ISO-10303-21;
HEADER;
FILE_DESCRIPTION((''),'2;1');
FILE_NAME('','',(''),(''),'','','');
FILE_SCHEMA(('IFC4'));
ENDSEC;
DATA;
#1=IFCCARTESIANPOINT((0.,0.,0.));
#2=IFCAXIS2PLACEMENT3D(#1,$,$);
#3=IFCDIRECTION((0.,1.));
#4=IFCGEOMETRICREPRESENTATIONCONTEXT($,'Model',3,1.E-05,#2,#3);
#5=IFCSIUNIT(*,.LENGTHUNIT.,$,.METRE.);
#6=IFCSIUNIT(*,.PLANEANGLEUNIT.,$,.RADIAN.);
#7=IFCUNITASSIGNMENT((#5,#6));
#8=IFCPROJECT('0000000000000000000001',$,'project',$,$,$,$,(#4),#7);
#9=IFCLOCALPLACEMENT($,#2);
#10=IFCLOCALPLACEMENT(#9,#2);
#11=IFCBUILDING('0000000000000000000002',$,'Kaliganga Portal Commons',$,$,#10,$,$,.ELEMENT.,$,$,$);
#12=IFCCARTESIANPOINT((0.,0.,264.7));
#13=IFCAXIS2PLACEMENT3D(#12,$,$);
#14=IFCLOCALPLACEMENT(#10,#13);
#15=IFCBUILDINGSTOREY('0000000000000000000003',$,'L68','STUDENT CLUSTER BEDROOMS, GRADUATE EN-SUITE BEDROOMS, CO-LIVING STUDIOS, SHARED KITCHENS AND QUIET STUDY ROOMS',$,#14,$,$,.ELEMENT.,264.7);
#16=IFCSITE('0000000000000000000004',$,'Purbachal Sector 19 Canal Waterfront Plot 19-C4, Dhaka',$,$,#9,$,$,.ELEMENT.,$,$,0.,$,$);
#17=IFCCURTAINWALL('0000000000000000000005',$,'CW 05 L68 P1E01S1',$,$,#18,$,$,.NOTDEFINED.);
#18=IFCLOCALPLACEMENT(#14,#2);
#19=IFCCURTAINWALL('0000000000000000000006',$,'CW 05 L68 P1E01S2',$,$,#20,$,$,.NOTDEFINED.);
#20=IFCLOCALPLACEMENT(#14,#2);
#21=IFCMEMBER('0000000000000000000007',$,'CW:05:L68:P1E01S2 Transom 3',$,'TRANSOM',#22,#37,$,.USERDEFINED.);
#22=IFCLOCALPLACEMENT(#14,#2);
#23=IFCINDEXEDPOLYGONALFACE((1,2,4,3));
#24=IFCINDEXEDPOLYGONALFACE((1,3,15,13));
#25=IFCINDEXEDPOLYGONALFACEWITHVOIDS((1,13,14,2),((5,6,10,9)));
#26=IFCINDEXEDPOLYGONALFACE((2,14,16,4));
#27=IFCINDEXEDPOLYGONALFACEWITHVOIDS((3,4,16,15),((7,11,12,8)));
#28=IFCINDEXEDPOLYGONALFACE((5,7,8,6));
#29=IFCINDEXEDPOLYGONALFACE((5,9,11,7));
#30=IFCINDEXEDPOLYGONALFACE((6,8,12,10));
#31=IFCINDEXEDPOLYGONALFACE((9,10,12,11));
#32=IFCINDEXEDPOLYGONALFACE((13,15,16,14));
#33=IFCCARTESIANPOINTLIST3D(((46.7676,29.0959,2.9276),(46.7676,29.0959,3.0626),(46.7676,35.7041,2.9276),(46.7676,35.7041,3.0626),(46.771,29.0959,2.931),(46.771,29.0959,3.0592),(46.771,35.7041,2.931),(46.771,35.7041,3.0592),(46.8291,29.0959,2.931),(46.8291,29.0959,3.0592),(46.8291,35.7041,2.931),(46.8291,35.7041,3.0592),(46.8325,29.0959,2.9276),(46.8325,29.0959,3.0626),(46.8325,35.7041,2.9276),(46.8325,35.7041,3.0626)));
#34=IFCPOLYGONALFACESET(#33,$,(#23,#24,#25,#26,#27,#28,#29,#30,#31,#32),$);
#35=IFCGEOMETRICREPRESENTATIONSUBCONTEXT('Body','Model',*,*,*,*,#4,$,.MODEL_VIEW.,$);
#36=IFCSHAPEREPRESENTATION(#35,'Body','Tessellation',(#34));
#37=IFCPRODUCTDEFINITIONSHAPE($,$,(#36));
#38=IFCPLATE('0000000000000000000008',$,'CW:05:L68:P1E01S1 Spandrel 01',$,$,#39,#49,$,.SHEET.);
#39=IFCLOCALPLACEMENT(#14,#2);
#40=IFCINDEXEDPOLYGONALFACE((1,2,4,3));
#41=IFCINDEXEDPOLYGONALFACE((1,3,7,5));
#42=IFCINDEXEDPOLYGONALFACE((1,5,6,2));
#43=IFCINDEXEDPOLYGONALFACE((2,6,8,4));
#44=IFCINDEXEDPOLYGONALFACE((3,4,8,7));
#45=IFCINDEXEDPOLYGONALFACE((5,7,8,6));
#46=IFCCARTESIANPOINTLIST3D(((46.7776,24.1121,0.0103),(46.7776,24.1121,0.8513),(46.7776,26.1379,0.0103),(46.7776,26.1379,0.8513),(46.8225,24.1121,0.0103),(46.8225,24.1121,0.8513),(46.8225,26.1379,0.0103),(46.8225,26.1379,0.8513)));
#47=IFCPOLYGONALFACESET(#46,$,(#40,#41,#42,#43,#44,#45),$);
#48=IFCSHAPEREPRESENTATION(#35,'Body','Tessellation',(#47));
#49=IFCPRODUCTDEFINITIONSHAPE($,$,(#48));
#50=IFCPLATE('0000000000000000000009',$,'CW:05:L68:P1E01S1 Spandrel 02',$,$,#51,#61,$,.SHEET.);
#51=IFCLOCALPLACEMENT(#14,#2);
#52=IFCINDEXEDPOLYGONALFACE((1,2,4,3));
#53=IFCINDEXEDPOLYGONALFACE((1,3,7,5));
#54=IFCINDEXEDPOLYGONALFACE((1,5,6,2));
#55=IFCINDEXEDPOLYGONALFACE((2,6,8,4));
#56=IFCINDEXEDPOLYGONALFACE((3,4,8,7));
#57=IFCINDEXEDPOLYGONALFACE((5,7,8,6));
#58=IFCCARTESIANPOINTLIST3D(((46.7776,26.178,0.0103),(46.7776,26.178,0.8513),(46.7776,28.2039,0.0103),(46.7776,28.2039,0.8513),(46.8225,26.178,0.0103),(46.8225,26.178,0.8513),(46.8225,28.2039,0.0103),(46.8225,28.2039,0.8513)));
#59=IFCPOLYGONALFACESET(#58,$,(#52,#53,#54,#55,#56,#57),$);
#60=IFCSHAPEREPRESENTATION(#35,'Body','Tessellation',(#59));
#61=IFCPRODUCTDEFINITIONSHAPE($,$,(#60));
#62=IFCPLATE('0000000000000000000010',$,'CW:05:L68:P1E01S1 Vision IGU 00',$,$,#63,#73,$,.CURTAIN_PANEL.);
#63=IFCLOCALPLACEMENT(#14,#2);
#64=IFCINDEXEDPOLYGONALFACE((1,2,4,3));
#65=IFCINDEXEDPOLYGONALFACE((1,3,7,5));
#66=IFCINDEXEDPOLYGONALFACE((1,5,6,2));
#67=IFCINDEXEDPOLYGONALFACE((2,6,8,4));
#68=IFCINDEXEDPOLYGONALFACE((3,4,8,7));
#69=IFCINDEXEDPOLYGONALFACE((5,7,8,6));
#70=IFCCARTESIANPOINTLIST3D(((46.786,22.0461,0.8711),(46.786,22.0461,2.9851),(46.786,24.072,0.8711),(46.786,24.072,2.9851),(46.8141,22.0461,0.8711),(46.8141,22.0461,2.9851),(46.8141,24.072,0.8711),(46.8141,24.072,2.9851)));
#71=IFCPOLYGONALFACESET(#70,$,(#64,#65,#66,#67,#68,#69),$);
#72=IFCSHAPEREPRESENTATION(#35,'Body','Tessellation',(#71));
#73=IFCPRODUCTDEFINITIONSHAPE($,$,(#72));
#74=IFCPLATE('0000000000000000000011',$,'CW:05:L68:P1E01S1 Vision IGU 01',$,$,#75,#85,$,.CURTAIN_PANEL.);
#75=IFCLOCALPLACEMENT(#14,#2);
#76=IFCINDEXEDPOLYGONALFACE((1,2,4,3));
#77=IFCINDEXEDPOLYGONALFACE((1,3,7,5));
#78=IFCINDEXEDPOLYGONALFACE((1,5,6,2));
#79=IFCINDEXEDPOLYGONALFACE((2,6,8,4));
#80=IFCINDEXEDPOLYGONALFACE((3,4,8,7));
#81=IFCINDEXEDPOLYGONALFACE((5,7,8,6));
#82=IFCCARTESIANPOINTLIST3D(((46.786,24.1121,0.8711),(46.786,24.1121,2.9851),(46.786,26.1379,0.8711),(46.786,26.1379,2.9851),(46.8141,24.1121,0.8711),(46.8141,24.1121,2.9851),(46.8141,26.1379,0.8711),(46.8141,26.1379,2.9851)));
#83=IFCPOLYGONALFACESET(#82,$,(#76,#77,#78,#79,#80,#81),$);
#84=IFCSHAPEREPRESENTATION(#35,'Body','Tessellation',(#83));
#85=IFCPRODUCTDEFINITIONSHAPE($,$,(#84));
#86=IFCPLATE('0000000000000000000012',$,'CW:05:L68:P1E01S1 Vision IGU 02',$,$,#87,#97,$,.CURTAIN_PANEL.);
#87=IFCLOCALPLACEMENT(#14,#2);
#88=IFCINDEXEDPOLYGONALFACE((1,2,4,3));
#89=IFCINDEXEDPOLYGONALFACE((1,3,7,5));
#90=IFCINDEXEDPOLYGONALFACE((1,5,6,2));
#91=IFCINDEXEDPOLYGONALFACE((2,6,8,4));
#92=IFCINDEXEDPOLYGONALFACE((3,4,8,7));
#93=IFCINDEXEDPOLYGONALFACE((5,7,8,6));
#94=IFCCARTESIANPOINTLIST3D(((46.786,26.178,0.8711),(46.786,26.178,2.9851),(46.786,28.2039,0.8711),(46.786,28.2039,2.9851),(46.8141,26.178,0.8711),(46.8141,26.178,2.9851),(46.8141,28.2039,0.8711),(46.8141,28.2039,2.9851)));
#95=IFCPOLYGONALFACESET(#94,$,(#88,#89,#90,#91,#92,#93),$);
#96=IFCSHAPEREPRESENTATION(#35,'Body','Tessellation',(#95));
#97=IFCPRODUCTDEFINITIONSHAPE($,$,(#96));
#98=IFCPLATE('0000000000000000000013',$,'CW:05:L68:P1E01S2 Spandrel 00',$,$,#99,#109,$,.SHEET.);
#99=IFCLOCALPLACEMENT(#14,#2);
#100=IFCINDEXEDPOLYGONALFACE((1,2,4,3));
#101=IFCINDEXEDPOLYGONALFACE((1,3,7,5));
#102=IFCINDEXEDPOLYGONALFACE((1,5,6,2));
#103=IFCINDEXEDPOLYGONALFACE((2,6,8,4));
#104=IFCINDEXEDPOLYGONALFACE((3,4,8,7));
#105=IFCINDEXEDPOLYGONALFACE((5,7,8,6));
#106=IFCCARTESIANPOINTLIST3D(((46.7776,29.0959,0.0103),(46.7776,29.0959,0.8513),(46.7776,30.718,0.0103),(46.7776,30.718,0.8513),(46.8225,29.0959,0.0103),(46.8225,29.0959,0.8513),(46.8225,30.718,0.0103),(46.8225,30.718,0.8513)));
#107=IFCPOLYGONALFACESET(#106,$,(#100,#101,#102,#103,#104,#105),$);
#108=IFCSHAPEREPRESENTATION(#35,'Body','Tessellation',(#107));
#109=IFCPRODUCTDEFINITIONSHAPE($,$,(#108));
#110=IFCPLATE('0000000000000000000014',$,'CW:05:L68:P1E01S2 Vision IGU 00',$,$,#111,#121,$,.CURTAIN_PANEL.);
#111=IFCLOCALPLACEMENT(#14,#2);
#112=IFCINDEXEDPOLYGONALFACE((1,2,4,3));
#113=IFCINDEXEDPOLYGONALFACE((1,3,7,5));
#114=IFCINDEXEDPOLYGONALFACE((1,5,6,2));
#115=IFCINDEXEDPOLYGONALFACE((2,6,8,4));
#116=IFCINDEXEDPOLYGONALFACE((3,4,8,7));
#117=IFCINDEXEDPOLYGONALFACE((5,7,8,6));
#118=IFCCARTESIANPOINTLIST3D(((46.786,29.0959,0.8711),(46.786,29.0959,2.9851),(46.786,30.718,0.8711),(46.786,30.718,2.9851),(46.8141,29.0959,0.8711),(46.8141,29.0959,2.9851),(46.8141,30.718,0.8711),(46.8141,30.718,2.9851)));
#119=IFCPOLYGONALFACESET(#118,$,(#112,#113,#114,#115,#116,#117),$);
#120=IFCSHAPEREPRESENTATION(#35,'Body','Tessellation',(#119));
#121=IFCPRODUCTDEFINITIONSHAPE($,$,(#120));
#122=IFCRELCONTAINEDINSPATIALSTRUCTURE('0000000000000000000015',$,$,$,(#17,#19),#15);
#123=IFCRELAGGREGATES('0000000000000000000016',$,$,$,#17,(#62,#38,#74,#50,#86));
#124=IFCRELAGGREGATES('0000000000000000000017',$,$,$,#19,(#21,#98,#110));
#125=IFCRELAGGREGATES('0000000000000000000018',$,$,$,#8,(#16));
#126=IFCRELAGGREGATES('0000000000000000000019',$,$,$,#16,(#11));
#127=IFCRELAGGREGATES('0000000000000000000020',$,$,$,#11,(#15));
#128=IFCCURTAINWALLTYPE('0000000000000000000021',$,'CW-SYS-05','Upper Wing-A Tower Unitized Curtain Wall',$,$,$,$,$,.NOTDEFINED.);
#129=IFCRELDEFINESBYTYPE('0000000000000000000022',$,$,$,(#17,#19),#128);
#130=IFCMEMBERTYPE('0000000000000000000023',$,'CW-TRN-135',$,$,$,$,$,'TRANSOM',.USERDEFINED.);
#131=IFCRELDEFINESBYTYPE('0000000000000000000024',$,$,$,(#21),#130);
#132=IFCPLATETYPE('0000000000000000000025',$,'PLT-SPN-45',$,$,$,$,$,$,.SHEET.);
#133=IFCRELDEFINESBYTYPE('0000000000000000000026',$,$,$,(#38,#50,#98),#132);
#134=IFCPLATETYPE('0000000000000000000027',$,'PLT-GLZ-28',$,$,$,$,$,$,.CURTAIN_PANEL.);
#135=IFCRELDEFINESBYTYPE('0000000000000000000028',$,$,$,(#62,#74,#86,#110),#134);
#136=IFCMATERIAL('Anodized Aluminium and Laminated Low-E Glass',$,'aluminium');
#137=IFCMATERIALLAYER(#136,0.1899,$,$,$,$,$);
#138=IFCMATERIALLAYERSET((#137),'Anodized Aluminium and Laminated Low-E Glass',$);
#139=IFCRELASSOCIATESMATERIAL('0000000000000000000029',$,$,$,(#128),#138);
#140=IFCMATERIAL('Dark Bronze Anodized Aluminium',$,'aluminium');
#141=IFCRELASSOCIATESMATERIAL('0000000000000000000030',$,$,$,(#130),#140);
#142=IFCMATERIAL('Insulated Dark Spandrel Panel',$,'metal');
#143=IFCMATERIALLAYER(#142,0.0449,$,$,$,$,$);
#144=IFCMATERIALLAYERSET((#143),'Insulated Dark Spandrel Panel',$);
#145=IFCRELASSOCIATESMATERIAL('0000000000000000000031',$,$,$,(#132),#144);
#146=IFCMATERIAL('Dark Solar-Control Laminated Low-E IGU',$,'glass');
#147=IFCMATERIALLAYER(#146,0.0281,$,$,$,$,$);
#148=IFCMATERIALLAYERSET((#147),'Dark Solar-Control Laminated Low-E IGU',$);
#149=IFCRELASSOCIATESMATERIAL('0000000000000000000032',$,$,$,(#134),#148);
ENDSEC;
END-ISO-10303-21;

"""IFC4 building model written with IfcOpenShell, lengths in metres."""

from ifc_helpers import new_model, si_unit, direction, frame, origin, origin_2d, place, context, subcontext, project, spatial, rectangle, hollow_rectangle, extrude, source, transform, mapped, material, layer, layer_set, material_profile, profile_set, type_object, element, aggregate, save


model = new_model("IFC4")

# Units and contexts
model_context = context("Model", 3, precision=1e-05, world=origin(), true_north=direction((0.0, 1.0)))
body_context = subcontext(model_context, "Body", "Model", "MODEL_VIEW")
ifc_project = project(units=[si_unit("LENGTHUNIT", "METRE"), si_unit("PLANEANGLEUNIT", "RADIAN")], contexts=[model_context])

# Site, building, storey
site_placement = place(None, origin())
site = spatial("IfcSite", under=ifc_project, at=site_placement, Name="Purbachal Sector 19 Canal Waterfront Plot 19-C4, Dhaka", CompositionType="ELEMENT", RefElevation=0.0)
building_placement = place(site_placement, origin())
building = spatial("IfcBuilding", under=site, at=building_placement, Name="Kaliganga Portal Commons", CompositionType="ELEMENT")
storey_placement = place(building_placement, frame((0.0, 0.0, 264.7)))
storey = spatial("IfcBuildingStorey", under=building, at=storey_placement, Name="L68", Description="STUDENT CLUSTER BEDROOMS, GRADUATE EN-SUITE BEDROOMS, CO-LIVING STUDIOS, SHARED KITCHENS AND QUIET STUDY ROOMS", CompositionType="ELEMENT", Elevation=264.7)

# Curtain walls, member
ifc_material_1 = material(Name="Anodized Aluminium and Laminated Low-E Glass", Category="aluminium")
ifc_layer_1 = layer(ifc_material_1, 0.1899)
ifc_layer_set_1 = layer_set([ifc_layer_1], Name="Anodized Aluminium and Laminated Low-E Glass")
curtain_wall_type = type_object("IfcCurtainWallType", Name="CW-SYS-05", Description="Upper Wing-A Tower Unitized Curtain Wall", PredefinedType="NOTDEFINED", material=ifc_layer_set_1)
curtain_wall_1_placement = place(storey_placement, origin())
curtain_wall_1 = element("IfcCurtainWall", 1, at=curtain_wall_1_placement, inside=storey, type_object=curtain_wall_type, Name="CW 05 L68 P1E01S1", PredefinedType="NOTDEFINED")
ifc_material_2 = material(Name="Dark Bronze Anodized Aluminium", Category="aluminium")
curtain_wall_2_placement = place(storey_placement, origin())
curtain_wall_2 = element("IfcCurtainWall", 2, at=curtain_wall_2_placement, inside=storey, type_object=curtain_wall_type, Name="CW 05 L68 P1E01S2", PredefinedType="NOTDEFINED")
ifc_material_profile_1 = material_profile(ifc_material_2, hollow_rectangle(XDim=0.0649, YDim=0.135, WallThickness=0.0034, at=origin_2d()), Name="ALU TRAN 65x135x3.5")
ifc_profile_set_1 = profile_set([ifc_material_profile_1], Name="Dark Bronze Anodized Aluminium")
member_type_1 = type_object("IfcMemberType", Name="CW-TRN-135", ElementType="TRANSOM", PredefinedType="USERDEFINED", material=ifc_profile_set_1)
shared_shape_1 = source(origin(), body_context, "Body", "SweptSolid", [
    extrude(hollow_rectangle(XDim=0.0649, YDim=0.135, WallThickness=0.0034, at=origin_2d()), origin(), (0.0, 0.0, 1.0), 6.6082),
])
member_1_placement = place(storey_placement, frame((46.8, 29.0959, 2.9951), z_axis=(0.0, 1.0, 0.0), x_axis=(-1.0, 0.0, 0.0)))
member_1 = element("IfcMember", 3, at=member_1_placement, type_object=member_type_1, Name="CW:05:L68:P1E01S2 Transom 3", ObjectType="TRANSOM", PredefinedType="USERDEFINED", context=body_context, shape_type="MappedRepresentation", body=[
    mapped(shared_shape_1, transform((0.0, 0.0, 0.0), x_axis=(1.0, 0.0, 0.0), y_axis=(0.0, 1.0, 0.0), z_axis=(0.0, 0.0, 1.0), scale=1.0)),
])

# Plates
ifc_material_3 = material(Name="Insulated Dark Spandrel Panel", Category="metal")
ifc_layer_2 = layer(ifc_material_3, 0.0449)
ifc_layer_set_2 = layer_set([ifc_layer_2], Name="Insulated Dark Spandrel Panel")
plate_type_1 = type_object("IfcPlateType", Name="PLT-SPN-45", PredefinedType="SHEET", material=ifc_layer_set_2)
shared_shape_2 = source(origin(), body_context, "Body", "SweptSolid", [
    extrude(rectangle(XDim=2.0259, YDim=0.0449, at=origin_2d()), origin(), (0.0, 0.0, 1.0), 0.8411),
])
plate_1_placement = place(storey_placement, frame((46.8, 25.125, 0.0103), z_axis=(0.0, 0.0, 1.0), x_axis=(0.0, 1.0, 0.0)))
plate_1 = element("IfcPlate", 4, at=plate_1_placement, type_object=plate_type_1, Name="CW:05:L68:P1E01S1 Spandrel 01", PredefinedType="SHEET", context=body_context, shape_type="MappedRepresentation", body=[
    mapped(shared_shape_2, transform((0.0, 0.0, 0.0), x_axis=(1.0, 0.0, 0.0), y_axis=(0.0, 1.0, 0.0), z_axis=(0.0, 0.0, 1.0), scale=1.0)),
])
plate_2_placement = place(storey_placement, frame((46.8, 27.1909, 0.0103), z_axis=(0.0, 0.0, 1.0), x_axis=(0.0, 1.0, 0.0)))
plate_2 = element("IfcPlate", 5, at=plate_2_placement, type_object=plate_type_1, Name="CW:05:L68:P1E01S1 Spandrel 02", PredefinedType="SHEET", context=body_context, shape_type="MappedRepresentation", body=[
    mapped(shared_shape_2, transform((0.0, 0.0, 0.0), x_axis=(1.0, 0.0, 0.0), y_axis=(0.0, 1.0, 0.0), z_axis=(0.0, 0.0, 1.0), scale=1.0)),
])
ifc_material_4 = material(Name="Dark Solar-Control Laminated Low-E IGU", Category="glass")
ifc_layer_3 = layer(ifc_material_4, 0.0281)
ifc_layer_set_3 = layer_set([ifc_layer_3], Name="Dark Solar-Control Laminated Low-E IGU")
plate_type_2 = type_object("IfcPlateType", Name="PLT-GLZ-28", PredefinedType="CURTAIN_PANEL", material=ifc_layer_set_3)
shared_shape_3 = source(origin(), body_context, "Body", "SweptSolid", [
    extrude(rectangle(XDim=2.0259, YDim=0.0281, at=origin_2d()), origin(), (0.0, 0.0, 1.0), 2.114),
])
plate_3_placement = place(storey_placement, frame((46.8, 23.0591, 0.8711), z_axis=(0.0, 0.0, 1.0), x_axis=(0.0, 1.0, 0.0)))
plate_3 = element("IfcPlate", 6, at=plate_3_placement, type_object=plate_type_2, Name="CW:05:L68:P1E01S1 Vision IGU 00", PredefinedType="CURTAIN_PANEL", context=body_context, shape_type="MappedRepresentation", body=[
    mapped(shared_shape_3, transform((0.0, 0.0, 0.0), x_axis=(1.0, 0.0, 0.0), y_axis=(0.0, 1.0, 0.0), z_axis=(0.0, 0.0, 1.0), scale=1.0)),
])
plate_4_placement = place(storey_placement, frame((46.8, 25.125, 0.8711), z_axis=(0.0, 0.0, 1.0), x_axis=(0.0, 1.0, 0.0)))
plate_4 = element("IfcPlate", 7, at=plate_4_placement, type_object=plate_type_2, Name="CW:05:L68:P1E01S1 Vision IGU 01", PredefinedType="CURTAIN_PANEL", context=body_context, shape_type="MappedRepresentation", body=[
    mapped(shared_shape_3, transform((0.0, 0.0, 0.0), x_axis=(1.0, 0.0, 0.0), y_axis=(0.0, 1.0, 0.0), z_axis=(0.0, 0.0, 1.0), scale=1.0)),
])
plate_5_placement = place(storey_placement, frame((46.8, 27.1909, 0.8711), z_axis=(0.0, 0.0, 1.0), x_axis=(0.0, 1.0, 0.0)))
plate_5 = element("IfcPlate", 8, at=plate_5_placement, type_object=plate_type_2, Name="CW:05:L68:P1E01S1 Vision IGU 02", PredefinedType="CURTAIN_PANEL", context=body_context, shape_type="MappedRepresentation", body=[
    mapped(shared_shape_3, transform((0.0, 0.0, 0.0), x_axis=(1.0, 0.0, 0.0), y_axis=(0.0, 1.0, 0.0), z_axis=(0.0, 0.0, 1.0), scale=1.0)),
])
aggregate(curtain_wall_1, [plate_3, plate_1, plate_4, plate_2, plate_5])
shared_shape_4 = source(origin(), body_context, "Body", "SweptSolid", [
    extrude(rectangle(XDim=1.6221, YDim=0.0449, at=origin_2d()), origin(), (0.0, 0.0, 1.0), 0.8411),
])
plate_6_placement = place(storey_placement, frame((46.8, 29.907, 0.0103), z_axis=(0.0, 0.0, 1.0), x_axis=(0.0, 1.0, 0.0)))
plate_6 = element("IfcPlate", 9, at=plate_6_placement, type_object=plate_type_1, Name="CW:05:L68:P1E01S2 Spandrel 00", PredefinedType="SHEET", context=body_context, shape_type="MappedRepresentation", body=[
    mapped(shared_shape_4, transform((0.0, 0.0, 0.0), x_axis=(1.0, 0.0, 0.0), y_axis=(0.0, 1.0, 0.0), z_axis=(0.0, 0.0, 1.0), scale=1.0)),
])
shared_shape_5 = source(origin(), body_context, "Body", "SweptSolid", [
    extrude(rectangle(XDim=1.6221, YDim=0.0281, at=origin_2d()), origin(), (0.0, 0.0, 1.0), 2.114),
])
plate_7_placement = place(storey_placement, frame((46.8, 29.907, 0.8711), z_axis=(0.0, 0.0, 1.0), x_axis=(0.0, 1.0, 0.0)))
plate_7 = element("IfcPlate", 10, at=plate_7_placement, type_object=plate_type_2, Name="CW:05:L68:P1E01S2 Vision IGU 00", PredefinedType="CURTAIN_PANEL", context=body_context, shape_type="MappedRepresentation", body=[
    mapped(shared_shape_5, transform((0.0, 0.0, 0.0), x_axis=(1.0, 0.0, 0.0), y_axis=(0.0, 1.0, 0.0), z_axis=(0.0, 0.0, 1.0), scale=1.0)),
])
aggregate(curtain_wall_2, [member_1, plate_6, plate_7])

save(model, "model.ifc")
